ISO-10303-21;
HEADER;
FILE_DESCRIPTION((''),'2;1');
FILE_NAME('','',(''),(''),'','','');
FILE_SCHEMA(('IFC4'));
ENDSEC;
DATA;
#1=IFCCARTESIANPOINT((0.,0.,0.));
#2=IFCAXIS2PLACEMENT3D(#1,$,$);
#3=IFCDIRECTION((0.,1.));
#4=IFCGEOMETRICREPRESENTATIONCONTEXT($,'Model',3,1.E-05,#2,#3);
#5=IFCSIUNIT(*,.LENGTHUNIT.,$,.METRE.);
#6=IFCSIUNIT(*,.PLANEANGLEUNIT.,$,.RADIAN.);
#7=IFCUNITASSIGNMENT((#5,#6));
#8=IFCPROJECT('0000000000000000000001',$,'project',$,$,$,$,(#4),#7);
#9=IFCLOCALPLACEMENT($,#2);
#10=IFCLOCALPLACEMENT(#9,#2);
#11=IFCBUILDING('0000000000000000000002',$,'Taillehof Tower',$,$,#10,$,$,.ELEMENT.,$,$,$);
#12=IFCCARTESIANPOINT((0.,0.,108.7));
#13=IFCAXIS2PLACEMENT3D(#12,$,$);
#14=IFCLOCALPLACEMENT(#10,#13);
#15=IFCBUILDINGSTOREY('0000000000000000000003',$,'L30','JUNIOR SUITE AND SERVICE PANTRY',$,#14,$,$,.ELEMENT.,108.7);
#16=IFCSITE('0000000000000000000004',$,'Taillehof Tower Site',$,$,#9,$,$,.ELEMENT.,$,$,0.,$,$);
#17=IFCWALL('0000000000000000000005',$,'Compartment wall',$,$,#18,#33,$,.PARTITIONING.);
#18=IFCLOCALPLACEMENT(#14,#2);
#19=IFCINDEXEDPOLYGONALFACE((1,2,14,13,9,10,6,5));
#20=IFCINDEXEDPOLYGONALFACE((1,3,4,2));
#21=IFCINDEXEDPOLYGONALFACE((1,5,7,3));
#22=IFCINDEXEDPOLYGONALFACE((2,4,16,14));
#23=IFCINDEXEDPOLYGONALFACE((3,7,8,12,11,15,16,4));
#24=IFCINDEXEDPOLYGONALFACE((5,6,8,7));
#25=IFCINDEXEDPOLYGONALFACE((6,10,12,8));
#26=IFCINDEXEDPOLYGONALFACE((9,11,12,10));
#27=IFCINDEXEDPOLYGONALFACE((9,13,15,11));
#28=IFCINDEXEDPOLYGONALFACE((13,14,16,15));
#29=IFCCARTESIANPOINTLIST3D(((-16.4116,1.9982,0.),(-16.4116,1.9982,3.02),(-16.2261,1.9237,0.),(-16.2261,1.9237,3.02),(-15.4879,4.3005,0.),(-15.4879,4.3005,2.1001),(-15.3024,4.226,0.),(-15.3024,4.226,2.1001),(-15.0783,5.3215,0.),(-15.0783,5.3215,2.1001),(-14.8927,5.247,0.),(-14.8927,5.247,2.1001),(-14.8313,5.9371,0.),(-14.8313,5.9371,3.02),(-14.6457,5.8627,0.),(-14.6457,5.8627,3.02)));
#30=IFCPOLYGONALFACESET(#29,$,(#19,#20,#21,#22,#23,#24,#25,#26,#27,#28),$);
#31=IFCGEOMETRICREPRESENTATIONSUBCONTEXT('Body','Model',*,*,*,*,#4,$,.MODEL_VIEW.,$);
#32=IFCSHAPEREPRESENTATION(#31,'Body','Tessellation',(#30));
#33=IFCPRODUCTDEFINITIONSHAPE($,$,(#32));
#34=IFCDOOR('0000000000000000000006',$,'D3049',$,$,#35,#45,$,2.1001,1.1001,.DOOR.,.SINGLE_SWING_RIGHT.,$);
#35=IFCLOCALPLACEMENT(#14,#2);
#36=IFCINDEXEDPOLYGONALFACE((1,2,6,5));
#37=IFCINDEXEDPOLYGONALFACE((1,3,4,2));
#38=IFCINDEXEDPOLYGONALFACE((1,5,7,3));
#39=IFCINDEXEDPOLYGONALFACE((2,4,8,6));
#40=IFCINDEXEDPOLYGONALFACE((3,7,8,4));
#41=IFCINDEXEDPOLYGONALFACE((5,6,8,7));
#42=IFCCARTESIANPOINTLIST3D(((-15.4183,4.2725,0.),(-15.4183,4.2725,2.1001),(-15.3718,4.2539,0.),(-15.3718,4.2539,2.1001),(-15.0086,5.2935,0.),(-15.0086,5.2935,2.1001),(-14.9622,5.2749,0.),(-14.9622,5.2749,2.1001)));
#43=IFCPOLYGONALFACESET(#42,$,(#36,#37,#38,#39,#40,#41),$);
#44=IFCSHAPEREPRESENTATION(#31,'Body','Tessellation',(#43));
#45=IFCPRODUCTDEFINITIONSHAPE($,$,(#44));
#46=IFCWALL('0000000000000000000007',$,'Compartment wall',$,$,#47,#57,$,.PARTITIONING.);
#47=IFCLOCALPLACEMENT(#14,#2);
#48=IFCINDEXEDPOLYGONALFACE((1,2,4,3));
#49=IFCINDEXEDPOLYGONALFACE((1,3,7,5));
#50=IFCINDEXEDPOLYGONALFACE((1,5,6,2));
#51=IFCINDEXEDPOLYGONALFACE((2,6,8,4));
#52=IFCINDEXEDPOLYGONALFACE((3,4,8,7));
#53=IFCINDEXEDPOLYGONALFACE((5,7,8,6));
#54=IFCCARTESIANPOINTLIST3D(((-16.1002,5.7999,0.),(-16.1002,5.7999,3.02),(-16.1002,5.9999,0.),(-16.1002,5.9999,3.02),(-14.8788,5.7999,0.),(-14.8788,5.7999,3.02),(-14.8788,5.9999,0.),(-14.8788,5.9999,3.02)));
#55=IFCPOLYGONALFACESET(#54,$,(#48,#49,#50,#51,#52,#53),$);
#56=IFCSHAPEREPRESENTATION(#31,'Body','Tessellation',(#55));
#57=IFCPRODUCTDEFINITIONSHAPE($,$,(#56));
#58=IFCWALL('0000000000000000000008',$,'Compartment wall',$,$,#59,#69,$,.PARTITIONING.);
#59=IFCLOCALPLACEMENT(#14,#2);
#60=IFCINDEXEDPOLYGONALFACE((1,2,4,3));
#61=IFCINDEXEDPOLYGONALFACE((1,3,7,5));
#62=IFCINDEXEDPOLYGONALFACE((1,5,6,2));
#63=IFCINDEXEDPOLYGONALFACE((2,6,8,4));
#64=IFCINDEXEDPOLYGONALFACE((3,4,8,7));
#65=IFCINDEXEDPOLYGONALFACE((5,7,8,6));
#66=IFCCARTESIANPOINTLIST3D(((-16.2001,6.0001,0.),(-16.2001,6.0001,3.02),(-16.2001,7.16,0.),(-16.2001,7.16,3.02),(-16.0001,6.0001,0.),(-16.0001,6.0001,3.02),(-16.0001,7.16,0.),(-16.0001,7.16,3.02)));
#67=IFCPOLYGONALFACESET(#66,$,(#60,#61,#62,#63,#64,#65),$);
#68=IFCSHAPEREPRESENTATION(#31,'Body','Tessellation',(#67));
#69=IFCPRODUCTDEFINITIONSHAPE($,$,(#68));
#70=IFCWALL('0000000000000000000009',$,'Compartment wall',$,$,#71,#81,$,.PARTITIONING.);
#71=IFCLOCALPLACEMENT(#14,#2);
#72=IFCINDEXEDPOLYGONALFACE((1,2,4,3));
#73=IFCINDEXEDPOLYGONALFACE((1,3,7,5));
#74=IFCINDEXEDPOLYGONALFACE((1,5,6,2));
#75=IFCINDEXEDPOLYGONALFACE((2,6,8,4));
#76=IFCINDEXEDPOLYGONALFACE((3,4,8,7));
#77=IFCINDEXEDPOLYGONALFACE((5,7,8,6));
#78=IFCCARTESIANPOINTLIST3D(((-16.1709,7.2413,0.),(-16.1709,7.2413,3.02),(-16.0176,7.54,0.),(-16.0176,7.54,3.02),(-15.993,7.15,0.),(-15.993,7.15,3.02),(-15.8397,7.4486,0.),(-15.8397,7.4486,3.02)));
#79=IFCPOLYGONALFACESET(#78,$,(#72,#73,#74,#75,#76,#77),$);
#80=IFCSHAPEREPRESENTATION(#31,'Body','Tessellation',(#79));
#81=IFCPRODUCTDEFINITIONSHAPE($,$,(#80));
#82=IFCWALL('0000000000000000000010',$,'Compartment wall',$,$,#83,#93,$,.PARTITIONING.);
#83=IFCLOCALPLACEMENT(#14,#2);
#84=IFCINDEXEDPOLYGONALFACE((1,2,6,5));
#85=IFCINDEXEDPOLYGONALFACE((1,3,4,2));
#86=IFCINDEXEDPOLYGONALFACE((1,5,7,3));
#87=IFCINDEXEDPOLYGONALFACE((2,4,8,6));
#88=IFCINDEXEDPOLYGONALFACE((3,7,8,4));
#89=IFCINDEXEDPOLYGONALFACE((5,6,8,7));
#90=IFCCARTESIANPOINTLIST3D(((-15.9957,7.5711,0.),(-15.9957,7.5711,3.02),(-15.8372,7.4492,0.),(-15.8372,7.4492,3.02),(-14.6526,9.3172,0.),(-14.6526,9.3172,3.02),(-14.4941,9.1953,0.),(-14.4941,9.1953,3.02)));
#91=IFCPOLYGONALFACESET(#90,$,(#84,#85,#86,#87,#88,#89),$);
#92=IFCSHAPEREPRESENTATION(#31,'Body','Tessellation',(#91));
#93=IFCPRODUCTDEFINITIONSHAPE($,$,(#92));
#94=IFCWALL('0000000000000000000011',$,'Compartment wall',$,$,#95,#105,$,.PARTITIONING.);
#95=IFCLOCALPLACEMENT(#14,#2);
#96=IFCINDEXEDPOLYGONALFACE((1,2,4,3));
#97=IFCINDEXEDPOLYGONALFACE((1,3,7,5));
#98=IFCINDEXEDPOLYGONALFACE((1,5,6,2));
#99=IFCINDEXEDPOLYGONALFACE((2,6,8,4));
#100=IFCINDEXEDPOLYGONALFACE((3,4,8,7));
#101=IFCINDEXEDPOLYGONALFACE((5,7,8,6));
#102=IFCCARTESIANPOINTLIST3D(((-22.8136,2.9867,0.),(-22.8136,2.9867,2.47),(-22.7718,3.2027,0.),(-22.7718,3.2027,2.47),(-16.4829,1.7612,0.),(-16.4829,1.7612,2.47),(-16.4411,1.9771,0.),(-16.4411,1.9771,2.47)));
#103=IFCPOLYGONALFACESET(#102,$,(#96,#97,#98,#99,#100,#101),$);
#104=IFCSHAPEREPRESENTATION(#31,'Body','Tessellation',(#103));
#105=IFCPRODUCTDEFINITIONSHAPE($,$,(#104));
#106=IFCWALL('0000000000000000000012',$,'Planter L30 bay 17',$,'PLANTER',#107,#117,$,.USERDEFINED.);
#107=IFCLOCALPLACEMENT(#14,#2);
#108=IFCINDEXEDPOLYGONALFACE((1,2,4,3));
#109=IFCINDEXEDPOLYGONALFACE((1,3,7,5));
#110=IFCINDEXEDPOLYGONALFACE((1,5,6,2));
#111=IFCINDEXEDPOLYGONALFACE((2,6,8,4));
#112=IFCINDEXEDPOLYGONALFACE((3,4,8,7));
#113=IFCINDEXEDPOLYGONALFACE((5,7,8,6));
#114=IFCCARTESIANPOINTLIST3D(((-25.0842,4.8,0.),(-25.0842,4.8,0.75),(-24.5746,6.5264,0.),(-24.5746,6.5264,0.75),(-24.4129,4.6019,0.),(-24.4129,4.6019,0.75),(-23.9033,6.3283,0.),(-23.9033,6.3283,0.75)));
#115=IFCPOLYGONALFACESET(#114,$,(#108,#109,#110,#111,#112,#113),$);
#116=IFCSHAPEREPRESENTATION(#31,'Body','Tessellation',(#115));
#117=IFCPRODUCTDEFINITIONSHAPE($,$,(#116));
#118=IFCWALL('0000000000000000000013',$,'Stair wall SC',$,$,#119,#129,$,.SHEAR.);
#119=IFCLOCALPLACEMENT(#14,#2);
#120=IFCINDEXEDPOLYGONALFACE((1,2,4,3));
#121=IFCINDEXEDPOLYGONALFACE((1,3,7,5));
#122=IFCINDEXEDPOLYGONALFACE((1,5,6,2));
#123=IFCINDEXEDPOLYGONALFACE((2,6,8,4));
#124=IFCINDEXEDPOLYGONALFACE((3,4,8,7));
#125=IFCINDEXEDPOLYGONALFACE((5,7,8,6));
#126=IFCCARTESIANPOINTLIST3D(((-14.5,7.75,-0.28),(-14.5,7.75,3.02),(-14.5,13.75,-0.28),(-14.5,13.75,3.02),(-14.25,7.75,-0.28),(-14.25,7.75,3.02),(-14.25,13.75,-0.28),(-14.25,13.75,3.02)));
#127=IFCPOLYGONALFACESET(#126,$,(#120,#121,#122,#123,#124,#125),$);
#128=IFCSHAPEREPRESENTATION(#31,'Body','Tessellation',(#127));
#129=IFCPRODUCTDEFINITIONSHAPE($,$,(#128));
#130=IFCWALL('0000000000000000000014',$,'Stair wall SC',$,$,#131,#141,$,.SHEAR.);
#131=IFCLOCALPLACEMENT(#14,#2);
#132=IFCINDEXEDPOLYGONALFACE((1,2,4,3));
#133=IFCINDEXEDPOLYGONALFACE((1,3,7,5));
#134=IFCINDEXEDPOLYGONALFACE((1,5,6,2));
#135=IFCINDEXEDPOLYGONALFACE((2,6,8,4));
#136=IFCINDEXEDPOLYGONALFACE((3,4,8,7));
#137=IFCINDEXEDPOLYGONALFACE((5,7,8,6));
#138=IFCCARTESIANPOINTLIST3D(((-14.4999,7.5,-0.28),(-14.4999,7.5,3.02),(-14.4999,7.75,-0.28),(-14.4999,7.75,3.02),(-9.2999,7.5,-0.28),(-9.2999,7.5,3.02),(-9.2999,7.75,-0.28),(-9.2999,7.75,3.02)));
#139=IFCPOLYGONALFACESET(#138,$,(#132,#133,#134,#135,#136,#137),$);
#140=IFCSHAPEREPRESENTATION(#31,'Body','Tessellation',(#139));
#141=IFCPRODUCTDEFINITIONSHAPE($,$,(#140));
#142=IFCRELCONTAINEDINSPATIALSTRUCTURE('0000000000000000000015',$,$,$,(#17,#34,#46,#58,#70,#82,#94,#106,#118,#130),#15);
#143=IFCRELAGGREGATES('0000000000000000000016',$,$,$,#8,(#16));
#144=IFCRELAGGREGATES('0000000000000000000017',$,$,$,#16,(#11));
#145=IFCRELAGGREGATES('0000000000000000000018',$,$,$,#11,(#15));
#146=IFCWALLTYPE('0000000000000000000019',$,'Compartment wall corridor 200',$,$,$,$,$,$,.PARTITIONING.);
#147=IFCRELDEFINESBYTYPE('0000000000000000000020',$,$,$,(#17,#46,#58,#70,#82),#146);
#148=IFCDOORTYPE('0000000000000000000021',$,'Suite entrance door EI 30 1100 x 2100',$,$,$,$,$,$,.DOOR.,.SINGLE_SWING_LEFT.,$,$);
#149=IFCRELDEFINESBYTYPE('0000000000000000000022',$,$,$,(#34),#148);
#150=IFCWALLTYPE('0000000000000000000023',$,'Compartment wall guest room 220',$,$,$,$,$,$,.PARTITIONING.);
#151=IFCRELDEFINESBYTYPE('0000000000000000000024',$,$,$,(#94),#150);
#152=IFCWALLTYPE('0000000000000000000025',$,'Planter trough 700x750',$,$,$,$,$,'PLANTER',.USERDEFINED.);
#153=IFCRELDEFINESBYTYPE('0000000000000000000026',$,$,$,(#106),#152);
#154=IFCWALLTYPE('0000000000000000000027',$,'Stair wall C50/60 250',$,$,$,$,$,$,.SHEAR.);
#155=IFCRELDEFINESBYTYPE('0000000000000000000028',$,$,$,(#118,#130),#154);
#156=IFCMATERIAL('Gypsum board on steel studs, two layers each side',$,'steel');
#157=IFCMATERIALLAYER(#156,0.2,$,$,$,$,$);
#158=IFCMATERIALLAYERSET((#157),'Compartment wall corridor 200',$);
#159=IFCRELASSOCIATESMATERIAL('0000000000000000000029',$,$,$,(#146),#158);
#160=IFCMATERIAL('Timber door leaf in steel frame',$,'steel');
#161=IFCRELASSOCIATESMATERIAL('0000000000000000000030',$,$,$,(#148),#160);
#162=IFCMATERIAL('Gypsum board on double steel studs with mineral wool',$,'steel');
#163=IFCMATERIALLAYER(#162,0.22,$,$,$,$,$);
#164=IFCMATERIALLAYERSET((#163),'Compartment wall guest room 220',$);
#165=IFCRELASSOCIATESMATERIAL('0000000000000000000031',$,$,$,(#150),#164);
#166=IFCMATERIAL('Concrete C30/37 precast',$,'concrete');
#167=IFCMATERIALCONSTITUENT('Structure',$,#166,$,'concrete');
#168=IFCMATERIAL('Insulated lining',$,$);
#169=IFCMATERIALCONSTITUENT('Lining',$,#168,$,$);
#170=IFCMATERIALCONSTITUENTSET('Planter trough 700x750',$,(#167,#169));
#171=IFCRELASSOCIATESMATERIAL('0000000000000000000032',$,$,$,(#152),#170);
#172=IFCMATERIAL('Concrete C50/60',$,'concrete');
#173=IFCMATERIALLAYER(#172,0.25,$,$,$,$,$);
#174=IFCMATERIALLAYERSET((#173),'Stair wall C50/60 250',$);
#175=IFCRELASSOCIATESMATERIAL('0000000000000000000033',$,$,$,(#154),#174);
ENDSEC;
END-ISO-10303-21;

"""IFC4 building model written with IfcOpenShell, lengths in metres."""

from ifc_helpers import new_model, si_unit, direction, frame, frame_2d, origin, place, context, subcontext, project, spatial, rectangle, extrude, material, layer, layer_set, constituent, constituent_set, type_object, element, fill, save


model = new_model("IFC4")

# Units and contexts
model_context = context("Model", 3, precision=1e-05, world=origin(), true_north=direction((0.0, 1.0)))
body_context = subcontext(model_context, "Body", "Model", "MODEL_VIEW")
ifc_project = project(units=[si_unit("LENGTHUNIT", "METRE"), si_unit("PLANEANGLEUNIT", "RADIAN")], contexts=[model_context])

# Site, building, storey
site_placement = place(None, origin())
site = spatial("IfcSite", under=ifc_project, at=site_placement, Name="Taillehof Tower Site", CompositionType="ELEMENT", RefElevation=0.0)
building_placement = place(site_placement, origin())
building = spatial("IfcBuilding", under=site, at=building_placement, Name="Taillehof Tower", CompositionType="ELEMENT")
storey_placement = place(building_placement, frame((0.0, 0.0, 108.7)))
storey = spatial("IfcBuildingStorey", under=building, at=storey_placement, Name="L30", Description="JUNIOR SUITE AND SERVICE PANTRY", CompositionType="ELEMENT", Elevation=108.7)

# Wall, opening, door
ifc_material_1 = material(Name="Gypsum board on steel studs, two layers each side", Category="steel")
ifc_layer_1 = layer(ifc_material_1, 0.2)
ifc_layer_set_1 = layer_set([ifc_layer_1], Name="Compartment wall corridor 200")
wall_type_1 = type_object("IfcWallType", Name="Compartment wall corridor 200", PredefinedType="PARTITIONING", material=ifc_layer_set_1)
wall_1_placement = place(storey_placement, frame((-16.3188, 1.9609, 0.0), z_axis=(0.0, 0.0, 1.0), x_axis=(0.372353, 0.928091, 0.0)))
wall_1 = element("IfcWall", 1, at=wall_1_placement, inside=storey, type_object=wall_type_1, Name="Compartment wall", PredefinedType="PARTITIONING", context=body_context, shape_type="SweptSolid", body=[
    extrude(rectangle(XDim=4.2441, YDim=0.2, at=frame_2d((2.1221, 0.0))), origin(), (0.0, 0.0, 1.0), 3.02),
])
opening_1_placement = place(wall_1_placement, frame((2.4807, 0.0, 0.0)))
opening_1 = element("IfcOpeningElement", 2, at=opening_1_placement, cuts=wall_1, PredefinedType="OPENING", context=body_context, shape_type="SweptSolid", body=[
    extrude(rectangle(XDim=1.1001, YDim=2.1001, at=frame_2d((0.55, 1.05))), frame((0.0, 0.1099, 0.0), z_axis=(0.0, -1.0, 0.0), x_axis=(1.0, 0.0, 0.0)), (0.0, 0.0, 1.0), 0.22),
])
ifc_material_2 = material(Name="Timber door leaf in steel frame", Category="steel")
door_type_1 = type_object("IfcDoorType", Name="Suite entrance door EI 30 1100 x 2100", OperationType="SINGLE_SWING_LEFT", PredefinedType="DOOR", material=ifc_material_2)
door_1_placement = place(opening_1_placement, origin())
door_1 = element("IfcDoor", 3, at=door_1_placement, inside=storey, type_object=door_type_1, Name="D3049", OperationType="SINGLE_SWING_RIGHT", OverallHeight=2.1001, OverallWidth=1.1001, PredefinedType="DOOR", context=body_context, shape_type="SweptSolid", body=[
    extrude(rectangle(XDim=1.1001, YDim=2.1001, at=frame_2d((0.55, 1.05))), frame((0.0, 0.0249, 0.0), z_axis=(0.0, -1.0, 0.0), x_axis=(1.0, 0.0, 0.0)), (0.0, 0.0, 1.0), 0.05),
])
fill(opening_1, door_1)

# Walls
wall_2_placement = place(storey_placement, frame((-14.8787, 5.8999, 0.0), z_axis=(0.0, 0.0, 1.0), x_axis=(-1.0, 0.0, 0.0)))
element("IfcWall", 4, at=wall_2_placement, inside=storey, type_object=wall_type_1, Name="Compartment wall", PredefinedType="PARTITIONING", context=body_context, shape_type="SweptSolid", body=[
    extrude(rectangle(XDim=1.2214, YDim=0.2, at=frame_2d((0.6108, 0.0))), origin(), (0.0, 0.0, 1.0), 3.02),
])
wall_3_placement = place(storey_placement, frame((-16.1001, 6.0, 0.0), z_axis=(0.0, 0.0, 1.0), x_axis=(0.0, 1.0, 0.0)))
element("IfcWall", 5, at=wall_3_placement, inside=storey, type_object=wall_type_1, Name="Compartment wall", PredefinedType="PARTITIONING", context=body_context, shape_type="SweptSolid", body=[
    extrude(rectangle(XDim=1.1599, YDim=0.2, at=frame_2d((0.5801, 0.0))), origin(), (0.0, 0.0, 1.0), 3.02),
])
wall_4_placement = place(storey_placement, frame((-16.082, 7.1956, 0.0), z_axis=(0.0, 0.0, 1.0), x_axis=(0.456789, 0.889575, 0.0)))
element("IfcWall", 6, at=wall_4_placement, inside=storey, type_object=wall_type_1, Name="Compartment wall", PredefinedType="PARTITIONING", context=body_context, shape_type="SweptSolid", body=[
    extrude(rectangle(XDim=0.3357, YDim=0.2, at=frame_2d((0.168, 0.0))), origin(), (0.0, 0.0, 1.0), 3.02),
])
wall_5_placement = place(storey_placement, frame((-15.9165, 7.51, 0.0), z_axis=(0.0, 0.0, 1.0), x_axis=(0.609673, 0.792653, 0.0)))
element("IfcWall", 7, at=wall_5_placement, inside=storey, type_object=wall_type_1, Name="Compartment wall", PredefinedType="PARTITIONING", context=body_context, shape_type="SweptSolid", body=[
    extrude(rectangle(XDim=2.2029, YDim=0.2, at=frame_2d((1.1016, 0.0))), origin(), (0.0, 0.0, 1.0), 3.02),
])
ifc_material_3 = material(Name="Gypsum board on double steel studs with mineral wool", Category="steel")
ifc_layer_2 = layer(ifc_material_3, 0.22)
ifc_layer_set_2 = layer_set([ifc_layer_2], Name="Compartment wall guest room 220")
wall_type_2 = type_object("IfcWallType", Name="Compartment wall guest room 220", PredefinedType="PARTITIONING", material=ifc_layer_set_2)
wall_6_placement = place(storey_placement, frame((-22.7927, 3.0947, 0.0), z_axis=(0.0, 0.0, 1.0), x_axis=(0.981772, -0.190062, 0.0)))
element("IfcWall", 8, at=wall_6_placement, inside=storey, type_object=wall_type_2, Name="Compartment wall", PredefinedType="PARTITIONING", context=body_context, shape_type="SweptSolid", body=[
    extrude(rectangle(XDim=6.4482, YDim=0.22, at=frame_2d((3.2241, 0.0))), origin(), (0.0, 0.0, 1.0), 2.47),
])
ifc_material_4 = material(Name="Concrete C30/37 precast", Category="concrete")
ifc_constituent_1 = constituent(ifc_material_4, Name="Structure", Category="concrete")
ifc_material_5 = material(Name="Insulated lining")
ifc_constituent_2 = constituent(ifc_material_5, Name="Lining")
ifc_constituent_set = constituent_set(constituents=[ifc_constituent_1, ifc_constituent_2], Name="Planter trough 700x750")
wall_type_3 = type_object("IfcWallType", Name="Planter trough 700x750", ElementType="PLANTER", PredefinedType="USERDEFINED", material=ifc_constituent_set)
wall_7_placement = place(storey_placement, frame((-24.239, 6.4272, 0.0), z_axis=(0.0, 0.0, 1.0), x_axis=(-0.283077, -0.959097, 0.0)))
element("IfcWall", 9, at=wall_7_placement, inside=storey, type_object=wall_type_3, Name="Planter L30 bay 17", ObjectType="PLANTER", PredefinedType="USERDEFINED", context=body_context, shape_type="SweptSolid", body=[
    extrude(rectangle(XDim=1.8, YDim=0.7, at=frame_2d((0.8999, 0.0))), origin(), (0.0, 0.0, 1.0), 0.75),
])
ifc_material_6 = material(Name="Concrete C50/60", Category="concrete")
ifc_layer_3 = layer(ifc_material_6, 0.25)
ifc_layer_set_3 = layer_set([ifc_layer_3], Name="Stair wall C50/60 250")
wall_type_4 = type_object("IfcWallType", Name="Stair wall C50/60 250", PredefinedType="SHEAR", material=ifc_layer_set_3)
wall_8_placement = place(storey_placement, frame((-14.375, 7.75, -0.28), z_axis=(0.0, 0.0, 1.0), x_axis=(0.0, 1.0, 0.0)))
element("IfcWall", 10, at=wall_8_placement, inside=storey, type_object=wall_type_4, Name="Stair wall SC", PredefinedType="SHEAR", context=body_context, shape_type="SweptSolid", body=[
    extrude(rectangle(XDim=6.0, YDim=0.25, at=frame_2d((3.0, 0.0))), origin(), (0.0, 0.0, 1.0), 3.3),
])
wall_9_placement = place(storey_placement, frame((-14.5, 7.625, -0.28), z_axis=(0.0, 0.0, 1.0), x_axis=(1.0, 0.0, 0.0)))
element("IfcWall", 11, at=wall_9_placement, inside=storey, type_object=wall_type_4, Name="Stair wall SC", PredefinedType="SHEAR", context=body_context, shape_type="SweptSolid", body=[
    extrude(rectangle(XDim=5.2, YDim=0.25, at=frame_2d((2.6001, 0.0))), origin(), (0.0, 0.0, 1.0), 3.3),
])

save(model, "model.ifc")
